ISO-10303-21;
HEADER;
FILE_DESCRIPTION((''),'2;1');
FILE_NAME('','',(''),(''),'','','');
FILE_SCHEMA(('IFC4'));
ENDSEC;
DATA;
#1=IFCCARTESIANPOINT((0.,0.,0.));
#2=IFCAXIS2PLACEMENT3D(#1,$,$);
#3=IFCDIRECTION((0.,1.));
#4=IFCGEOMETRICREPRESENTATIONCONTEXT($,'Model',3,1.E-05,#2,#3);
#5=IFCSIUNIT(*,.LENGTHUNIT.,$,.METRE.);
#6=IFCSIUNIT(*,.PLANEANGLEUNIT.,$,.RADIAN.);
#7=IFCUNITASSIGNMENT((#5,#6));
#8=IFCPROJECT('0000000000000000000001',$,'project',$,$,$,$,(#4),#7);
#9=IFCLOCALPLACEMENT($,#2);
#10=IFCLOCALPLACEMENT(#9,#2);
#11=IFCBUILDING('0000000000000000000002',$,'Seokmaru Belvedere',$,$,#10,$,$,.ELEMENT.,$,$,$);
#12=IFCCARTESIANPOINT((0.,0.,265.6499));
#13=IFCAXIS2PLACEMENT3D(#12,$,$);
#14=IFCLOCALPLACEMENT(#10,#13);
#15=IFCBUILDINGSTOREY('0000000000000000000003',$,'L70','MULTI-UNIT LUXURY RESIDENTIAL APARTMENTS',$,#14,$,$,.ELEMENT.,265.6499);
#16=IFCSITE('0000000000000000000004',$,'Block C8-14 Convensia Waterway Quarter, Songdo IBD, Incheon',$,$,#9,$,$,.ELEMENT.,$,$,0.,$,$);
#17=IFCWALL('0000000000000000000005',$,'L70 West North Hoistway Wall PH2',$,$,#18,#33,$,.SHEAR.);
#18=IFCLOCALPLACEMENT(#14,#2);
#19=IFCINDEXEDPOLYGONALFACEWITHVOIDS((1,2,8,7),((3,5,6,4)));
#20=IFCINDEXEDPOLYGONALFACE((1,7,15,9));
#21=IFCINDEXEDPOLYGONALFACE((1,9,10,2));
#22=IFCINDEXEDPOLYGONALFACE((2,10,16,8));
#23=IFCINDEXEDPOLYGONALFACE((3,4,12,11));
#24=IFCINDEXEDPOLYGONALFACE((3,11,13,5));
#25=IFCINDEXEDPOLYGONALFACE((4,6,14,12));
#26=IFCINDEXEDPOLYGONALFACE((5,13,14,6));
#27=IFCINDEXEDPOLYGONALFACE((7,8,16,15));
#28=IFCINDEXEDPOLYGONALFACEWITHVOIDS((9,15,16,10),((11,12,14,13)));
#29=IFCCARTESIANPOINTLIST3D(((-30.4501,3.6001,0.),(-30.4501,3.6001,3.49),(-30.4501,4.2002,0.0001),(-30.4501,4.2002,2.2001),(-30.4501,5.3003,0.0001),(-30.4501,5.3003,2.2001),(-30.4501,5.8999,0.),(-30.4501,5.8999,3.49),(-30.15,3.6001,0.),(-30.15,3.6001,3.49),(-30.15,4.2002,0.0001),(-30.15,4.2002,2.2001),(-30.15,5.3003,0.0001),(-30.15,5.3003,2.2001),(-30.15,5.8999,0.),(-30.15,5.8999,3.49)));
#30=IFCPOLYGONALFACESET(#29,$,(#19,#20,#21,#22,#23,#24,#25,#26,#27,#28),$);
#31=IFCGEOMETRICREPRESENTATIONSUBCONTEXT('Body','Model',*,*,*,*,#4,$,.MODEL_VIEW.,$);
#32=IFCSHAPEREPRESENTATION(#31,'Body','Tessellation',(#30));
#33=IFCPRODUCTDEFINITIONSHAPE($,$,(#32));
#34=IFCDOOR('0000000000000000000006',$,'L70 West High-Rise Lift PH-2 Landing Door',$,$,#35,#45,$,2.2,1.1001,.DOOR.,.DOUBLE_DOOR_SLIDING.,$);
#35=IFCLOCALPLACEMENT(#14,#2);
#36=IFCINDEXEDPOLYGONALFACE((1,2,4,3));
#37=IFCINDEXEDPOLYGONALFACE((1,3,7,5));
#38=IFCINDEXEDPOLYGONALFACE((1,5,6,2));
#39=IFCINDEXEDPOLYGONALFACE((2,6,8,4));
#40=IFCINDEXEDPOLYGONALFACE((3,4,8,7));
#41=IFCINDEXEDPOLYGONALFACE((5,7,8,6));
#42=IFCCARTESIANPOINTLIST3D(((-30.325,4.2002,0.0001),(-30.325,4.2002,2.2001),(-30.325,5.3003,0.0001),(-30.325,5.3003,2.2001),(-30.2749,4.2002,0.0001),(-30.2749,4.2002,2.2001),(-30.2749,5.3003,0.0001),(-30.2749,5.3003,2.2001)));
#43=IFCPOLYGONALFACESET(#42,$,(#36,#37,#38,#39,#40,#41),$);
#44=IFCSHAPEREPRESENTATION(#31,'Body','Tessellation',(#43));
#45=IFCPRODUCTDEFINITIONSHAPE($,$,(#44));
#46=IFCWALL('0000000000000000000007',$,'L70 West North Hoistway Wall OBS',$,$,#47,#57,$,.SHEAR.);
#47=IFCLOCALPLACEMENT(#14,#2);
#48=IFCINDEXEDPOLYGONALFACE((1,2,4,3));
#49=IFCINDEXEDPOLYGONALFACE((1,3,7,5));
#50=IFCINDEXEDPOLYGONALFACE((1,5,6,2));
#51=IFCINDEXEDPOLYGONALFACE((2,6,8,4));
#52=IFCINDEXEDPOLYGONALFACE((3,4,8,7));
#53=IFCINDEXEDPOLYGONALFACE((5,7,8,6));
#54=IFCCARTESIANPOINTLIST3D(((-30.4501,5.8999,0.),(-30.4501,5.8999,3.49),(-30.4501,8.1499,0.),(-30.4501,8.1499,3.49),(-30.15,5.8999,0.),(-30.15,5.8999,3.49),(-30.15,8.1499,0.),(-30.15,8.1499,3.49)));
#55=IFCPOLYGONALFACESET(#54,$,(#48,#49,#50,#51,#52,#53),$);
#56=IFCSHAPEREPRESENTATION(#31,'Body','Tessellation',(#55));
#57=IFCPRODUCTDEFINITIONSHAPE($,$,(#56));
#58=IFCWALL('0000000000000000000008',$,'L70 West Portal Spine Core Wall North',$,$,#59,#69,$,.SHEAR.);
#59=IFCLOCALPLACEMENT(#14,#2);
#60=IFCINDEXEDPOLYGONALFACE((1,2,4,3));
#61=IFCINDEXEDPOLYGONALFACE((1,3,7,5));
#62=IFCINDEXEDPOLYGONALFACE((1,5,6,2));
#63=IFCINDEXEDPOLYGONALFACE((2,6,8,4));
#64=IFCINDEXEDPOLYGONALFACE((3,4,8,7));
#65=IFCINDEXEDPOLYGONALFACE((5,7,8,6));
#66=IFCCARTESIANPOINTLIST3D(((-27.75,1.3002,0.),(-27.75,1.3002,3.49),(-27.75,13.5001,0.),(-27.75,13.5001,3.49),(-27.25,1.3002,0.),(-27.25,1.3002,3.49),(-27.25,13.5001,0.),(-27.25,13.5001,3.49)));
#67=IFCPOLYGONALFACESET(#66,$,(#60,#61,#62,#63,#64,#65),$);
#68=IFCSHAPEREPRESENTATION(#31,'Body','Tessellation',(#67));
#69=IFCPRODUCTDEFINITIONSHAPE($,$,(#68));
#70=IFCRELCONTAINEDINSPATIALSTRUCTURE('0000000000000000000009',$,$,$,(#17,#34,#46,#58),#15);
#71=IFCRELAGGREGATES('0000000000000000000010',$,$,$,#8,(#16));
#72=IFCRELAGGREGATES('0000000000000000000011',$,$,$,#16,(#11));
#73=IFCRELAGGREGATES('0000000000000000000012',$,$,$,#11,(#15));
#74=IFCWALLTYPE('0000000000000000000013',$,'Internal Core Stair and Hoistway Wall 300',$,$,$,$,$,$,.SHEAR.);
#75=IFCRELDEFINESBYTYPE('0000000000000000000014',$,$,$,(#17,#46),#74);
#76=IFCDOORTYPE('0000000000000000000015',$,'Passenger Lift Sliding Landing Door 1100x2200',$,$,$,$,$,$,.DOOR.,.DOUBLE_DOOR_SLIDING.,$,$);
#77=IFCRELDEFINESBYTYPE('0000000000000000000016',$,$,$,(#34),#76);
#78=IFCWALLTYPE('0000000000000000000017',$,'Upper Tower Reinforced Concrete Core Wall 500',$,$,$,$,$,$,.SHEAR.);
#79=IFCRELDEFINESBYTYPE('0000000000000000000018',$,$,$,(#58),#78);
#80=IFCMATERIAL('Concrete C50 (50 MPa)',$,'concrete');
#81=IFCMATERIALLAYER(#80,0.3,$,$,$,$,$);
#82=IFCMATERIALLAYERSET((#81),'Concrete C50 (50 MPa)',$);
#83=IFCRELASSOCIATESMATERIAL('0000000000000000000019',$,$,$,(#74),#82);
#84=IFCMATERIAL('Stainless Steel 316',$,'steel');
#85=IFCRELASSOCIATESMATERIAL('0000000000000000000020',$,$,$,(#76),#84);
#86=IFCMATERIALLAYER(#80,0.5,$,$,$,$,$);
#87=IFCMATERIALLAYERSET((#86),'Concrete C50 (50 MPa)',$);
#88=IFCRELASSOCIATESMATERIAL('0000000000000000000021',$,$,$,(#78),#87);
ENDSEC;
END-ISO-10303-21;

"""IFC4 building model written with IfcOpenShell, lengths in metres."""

from ifc_helpers import new_model, si_unit, direction, frame, frame_2d, origin, place, context, subcontext, project, spatial, rectangle, extrude, source, transform, mapped, material, layer, layer_set, type_object, type_shapes, element, fill, save


model = new_model("IFC4")

# Units and contexts
model_context = context("Model", 3, precision=1e-05, world=origin(), true_north=direction((0.0, 1.0)))
body_context = subcontext(model_context, "Body", "Model", "MODEL_VIEW")
ifc_project = project(units=[si_unit("LENGTHUNIT", "METRE"), si_unit("PLANEANGLEUNIT", "RADIAN")], contexts=[model_context])

# Site, building, storey
site_placement = place(None, origin())
site = spatial("IfcSite", under=ifc_project, at=site_placement, Name="Block C8-14 Convensia Waterway Quarter, Songdo IBD, Incheon", CompositionType="ELEMENT", RefElevation=0.0)
building_placement = place(site_placement, origin())
building = spatial("IfcBuilding", under=site, at=building_placement, Name="Seokmaru Belvedere", CompositionType="ELEMENT")
storey_placement = place(building_placement, frame((0.0, 0.0, 265.6499)))
storey = spatial("IfcBuildingStorey", under=building, at=storey_placement, Name="L70", Description="MULTI-UNIT LUXURY RESIDENTIAL APARTMENTS", CompositionType="ELEMENT", Elevation=265.6499)

# Wall, opening, door
ifc_material_1 = material(Name="Concrete C50 (50 MPa)", Category="concrete")
ifc_layer_1 = layer(ifc_material_1, 0.3)
ifc_layer_set_1 = layer_set([ifc_layer_1], Name="Concrete C50 (50 MPa)")
wall_type_1 = type_object("IfcWallType", Name="Internal Core Stair and Hoistway Wall 300", PredefinedType="SHEAR", material=ifc_layer_set_1)
wall_1_placement = place(storey_placement, frame((-30.3, 3.6001, 0.0), z_axis=(0.0, 0.0, 1.0), x_axis=(0.0, 1.0, 0.0)))
wall_1 = element("IfcWall", 1, at=wall_1_placement, inside=storey, type_object=wall_type_1, Name="L70 West North Hoistway Wall PH2", PredefinedType="SHEAR", context=body_context, shape_type="SweptSolid", body=[
    extrude(rectangle(XDim=2.2998, YDim=0.3, at=frame_2d((1.1499, 0.0))), origin(), (0.0, 0.0, 1.0), 3.49),
])
opening_1_placement = place(wall_1_placement, frame((0.6001, 0.0, 0.0)))
opening_1 = element("IfcOpeningElement", 2, at=opening_1_placement, cuts=wall_1, PredefinedType="OPENING", context=body_context, shape_type="SweptSolid", body=[
    extrude(rectangle(XDim=1.1001, YDim=2.2, at=frame_2d((0.55, 1.1001))), frame((0.0, 0.1602, 0.0), z_axis=(0.0, -1.0, 0.0), x_axis=(1.0, 0.0, 0.0)), (0.0, 0.0, 1.0), 0.3201),
])
ifc_material_2 = material(Name="Stainless Steel 316", Category="steel")
door_type_1 = type_object("IfcDoorType", Name="Passenger Lift Sliding Landing Door 1100x2200", OperationType="DOUBLE_DOOR_SLIDING", PredefinedType="DOOR", material=ifc_material_2)
shared_shape_1 = source(origin(), body_context, "Body", "SweptSolid", [
    extrude(rectangle(XDim=1.1001, YDim=2.2, at=frame_2d((0.55, 1.1001))), frame((0.0, 0.0249, 0.0), z_axis=(0.0, -1.0, 0.0), x_axis=(1.0, 0.0, 0.0)), (0.0, 0.0, 1.0), 0.05),
])
type_shapes(door_type_1, [shared_shape_1])
door_1_placement = place(opening_1_placement, origin())
door_1 = element("IfcDoor", 3, at=door_1_placement, inside=storey, type_object=door_type_1, Name="L70 West High-Rise Lift PH-2 Landing Door", OperationType="DOUBLE_DOOR_SLIDING", OverallHeight=2.2, OverallWidth=1.1001, PredefinedType="DOOR", context=body_context, shape_type="MappedRepresentation", body=[
    mapped(shared_shape_1, transform((0.0, 0.0, 0.0), scale=1.0)),
])
fill(opening_1, door_1)

# Wall
wall_2_placement = place(storey_placement, frame((-30.3, 5.8999, 0.0), z_axis=(0.0, 0.0, 1.0), x_axis=(0.0, 1.0, 0.0)))
element("IfcWall", 4, at=wall_2_placement, inside=storey, type_object=wall_type_1, Name="L70 West North Hoistway Wall OBS", PredefinedType="SHEAR", context=body_context, shape_type="SweptSolid", body=[
    extrude(rectangle(XDim=2.25, YDim=0.3, at=frame_2d((1.125, 0.0))), origin(), (0.0, 0.0, 1.0), 3.49),
])

# Wall
ifc_layer_2 = layer(ifc_material_1, 0.5)
ifc_layer_set_2 = layer_set([ifc_layer_2], Name="Concrete C50 (50 MPa)")
wall_type_2 = type_object("IfcWallType", Name="Upper Tower Reinforced Concrete Core Wall 500", PredefinedType="SHEAR", material=ifc_layer_set_2)
wall_3_placement = place(storey_placement, frame((-27.5, 1.3, 0.0), z_axis=(0.0, 0.0, 1.0), x_axis=(0.0, 1.0, 0.0)))
element("IfcWall", 5, at=wall_3_placement, inside=storey, type_object=wall_type_2, Name="L70 West Portal Spine Core Wall North", PredefinedType="SHEAR", context=body_context, shape_type="SweptSolid", body=[
    extrude(rectangle(XDim=12.2, YDim=0.5, at=frame_2d((6.1001, 0.0))), origin(), (0.0, 0.0, 1.0), 3.49),
])

save(model, "model.ifc")
